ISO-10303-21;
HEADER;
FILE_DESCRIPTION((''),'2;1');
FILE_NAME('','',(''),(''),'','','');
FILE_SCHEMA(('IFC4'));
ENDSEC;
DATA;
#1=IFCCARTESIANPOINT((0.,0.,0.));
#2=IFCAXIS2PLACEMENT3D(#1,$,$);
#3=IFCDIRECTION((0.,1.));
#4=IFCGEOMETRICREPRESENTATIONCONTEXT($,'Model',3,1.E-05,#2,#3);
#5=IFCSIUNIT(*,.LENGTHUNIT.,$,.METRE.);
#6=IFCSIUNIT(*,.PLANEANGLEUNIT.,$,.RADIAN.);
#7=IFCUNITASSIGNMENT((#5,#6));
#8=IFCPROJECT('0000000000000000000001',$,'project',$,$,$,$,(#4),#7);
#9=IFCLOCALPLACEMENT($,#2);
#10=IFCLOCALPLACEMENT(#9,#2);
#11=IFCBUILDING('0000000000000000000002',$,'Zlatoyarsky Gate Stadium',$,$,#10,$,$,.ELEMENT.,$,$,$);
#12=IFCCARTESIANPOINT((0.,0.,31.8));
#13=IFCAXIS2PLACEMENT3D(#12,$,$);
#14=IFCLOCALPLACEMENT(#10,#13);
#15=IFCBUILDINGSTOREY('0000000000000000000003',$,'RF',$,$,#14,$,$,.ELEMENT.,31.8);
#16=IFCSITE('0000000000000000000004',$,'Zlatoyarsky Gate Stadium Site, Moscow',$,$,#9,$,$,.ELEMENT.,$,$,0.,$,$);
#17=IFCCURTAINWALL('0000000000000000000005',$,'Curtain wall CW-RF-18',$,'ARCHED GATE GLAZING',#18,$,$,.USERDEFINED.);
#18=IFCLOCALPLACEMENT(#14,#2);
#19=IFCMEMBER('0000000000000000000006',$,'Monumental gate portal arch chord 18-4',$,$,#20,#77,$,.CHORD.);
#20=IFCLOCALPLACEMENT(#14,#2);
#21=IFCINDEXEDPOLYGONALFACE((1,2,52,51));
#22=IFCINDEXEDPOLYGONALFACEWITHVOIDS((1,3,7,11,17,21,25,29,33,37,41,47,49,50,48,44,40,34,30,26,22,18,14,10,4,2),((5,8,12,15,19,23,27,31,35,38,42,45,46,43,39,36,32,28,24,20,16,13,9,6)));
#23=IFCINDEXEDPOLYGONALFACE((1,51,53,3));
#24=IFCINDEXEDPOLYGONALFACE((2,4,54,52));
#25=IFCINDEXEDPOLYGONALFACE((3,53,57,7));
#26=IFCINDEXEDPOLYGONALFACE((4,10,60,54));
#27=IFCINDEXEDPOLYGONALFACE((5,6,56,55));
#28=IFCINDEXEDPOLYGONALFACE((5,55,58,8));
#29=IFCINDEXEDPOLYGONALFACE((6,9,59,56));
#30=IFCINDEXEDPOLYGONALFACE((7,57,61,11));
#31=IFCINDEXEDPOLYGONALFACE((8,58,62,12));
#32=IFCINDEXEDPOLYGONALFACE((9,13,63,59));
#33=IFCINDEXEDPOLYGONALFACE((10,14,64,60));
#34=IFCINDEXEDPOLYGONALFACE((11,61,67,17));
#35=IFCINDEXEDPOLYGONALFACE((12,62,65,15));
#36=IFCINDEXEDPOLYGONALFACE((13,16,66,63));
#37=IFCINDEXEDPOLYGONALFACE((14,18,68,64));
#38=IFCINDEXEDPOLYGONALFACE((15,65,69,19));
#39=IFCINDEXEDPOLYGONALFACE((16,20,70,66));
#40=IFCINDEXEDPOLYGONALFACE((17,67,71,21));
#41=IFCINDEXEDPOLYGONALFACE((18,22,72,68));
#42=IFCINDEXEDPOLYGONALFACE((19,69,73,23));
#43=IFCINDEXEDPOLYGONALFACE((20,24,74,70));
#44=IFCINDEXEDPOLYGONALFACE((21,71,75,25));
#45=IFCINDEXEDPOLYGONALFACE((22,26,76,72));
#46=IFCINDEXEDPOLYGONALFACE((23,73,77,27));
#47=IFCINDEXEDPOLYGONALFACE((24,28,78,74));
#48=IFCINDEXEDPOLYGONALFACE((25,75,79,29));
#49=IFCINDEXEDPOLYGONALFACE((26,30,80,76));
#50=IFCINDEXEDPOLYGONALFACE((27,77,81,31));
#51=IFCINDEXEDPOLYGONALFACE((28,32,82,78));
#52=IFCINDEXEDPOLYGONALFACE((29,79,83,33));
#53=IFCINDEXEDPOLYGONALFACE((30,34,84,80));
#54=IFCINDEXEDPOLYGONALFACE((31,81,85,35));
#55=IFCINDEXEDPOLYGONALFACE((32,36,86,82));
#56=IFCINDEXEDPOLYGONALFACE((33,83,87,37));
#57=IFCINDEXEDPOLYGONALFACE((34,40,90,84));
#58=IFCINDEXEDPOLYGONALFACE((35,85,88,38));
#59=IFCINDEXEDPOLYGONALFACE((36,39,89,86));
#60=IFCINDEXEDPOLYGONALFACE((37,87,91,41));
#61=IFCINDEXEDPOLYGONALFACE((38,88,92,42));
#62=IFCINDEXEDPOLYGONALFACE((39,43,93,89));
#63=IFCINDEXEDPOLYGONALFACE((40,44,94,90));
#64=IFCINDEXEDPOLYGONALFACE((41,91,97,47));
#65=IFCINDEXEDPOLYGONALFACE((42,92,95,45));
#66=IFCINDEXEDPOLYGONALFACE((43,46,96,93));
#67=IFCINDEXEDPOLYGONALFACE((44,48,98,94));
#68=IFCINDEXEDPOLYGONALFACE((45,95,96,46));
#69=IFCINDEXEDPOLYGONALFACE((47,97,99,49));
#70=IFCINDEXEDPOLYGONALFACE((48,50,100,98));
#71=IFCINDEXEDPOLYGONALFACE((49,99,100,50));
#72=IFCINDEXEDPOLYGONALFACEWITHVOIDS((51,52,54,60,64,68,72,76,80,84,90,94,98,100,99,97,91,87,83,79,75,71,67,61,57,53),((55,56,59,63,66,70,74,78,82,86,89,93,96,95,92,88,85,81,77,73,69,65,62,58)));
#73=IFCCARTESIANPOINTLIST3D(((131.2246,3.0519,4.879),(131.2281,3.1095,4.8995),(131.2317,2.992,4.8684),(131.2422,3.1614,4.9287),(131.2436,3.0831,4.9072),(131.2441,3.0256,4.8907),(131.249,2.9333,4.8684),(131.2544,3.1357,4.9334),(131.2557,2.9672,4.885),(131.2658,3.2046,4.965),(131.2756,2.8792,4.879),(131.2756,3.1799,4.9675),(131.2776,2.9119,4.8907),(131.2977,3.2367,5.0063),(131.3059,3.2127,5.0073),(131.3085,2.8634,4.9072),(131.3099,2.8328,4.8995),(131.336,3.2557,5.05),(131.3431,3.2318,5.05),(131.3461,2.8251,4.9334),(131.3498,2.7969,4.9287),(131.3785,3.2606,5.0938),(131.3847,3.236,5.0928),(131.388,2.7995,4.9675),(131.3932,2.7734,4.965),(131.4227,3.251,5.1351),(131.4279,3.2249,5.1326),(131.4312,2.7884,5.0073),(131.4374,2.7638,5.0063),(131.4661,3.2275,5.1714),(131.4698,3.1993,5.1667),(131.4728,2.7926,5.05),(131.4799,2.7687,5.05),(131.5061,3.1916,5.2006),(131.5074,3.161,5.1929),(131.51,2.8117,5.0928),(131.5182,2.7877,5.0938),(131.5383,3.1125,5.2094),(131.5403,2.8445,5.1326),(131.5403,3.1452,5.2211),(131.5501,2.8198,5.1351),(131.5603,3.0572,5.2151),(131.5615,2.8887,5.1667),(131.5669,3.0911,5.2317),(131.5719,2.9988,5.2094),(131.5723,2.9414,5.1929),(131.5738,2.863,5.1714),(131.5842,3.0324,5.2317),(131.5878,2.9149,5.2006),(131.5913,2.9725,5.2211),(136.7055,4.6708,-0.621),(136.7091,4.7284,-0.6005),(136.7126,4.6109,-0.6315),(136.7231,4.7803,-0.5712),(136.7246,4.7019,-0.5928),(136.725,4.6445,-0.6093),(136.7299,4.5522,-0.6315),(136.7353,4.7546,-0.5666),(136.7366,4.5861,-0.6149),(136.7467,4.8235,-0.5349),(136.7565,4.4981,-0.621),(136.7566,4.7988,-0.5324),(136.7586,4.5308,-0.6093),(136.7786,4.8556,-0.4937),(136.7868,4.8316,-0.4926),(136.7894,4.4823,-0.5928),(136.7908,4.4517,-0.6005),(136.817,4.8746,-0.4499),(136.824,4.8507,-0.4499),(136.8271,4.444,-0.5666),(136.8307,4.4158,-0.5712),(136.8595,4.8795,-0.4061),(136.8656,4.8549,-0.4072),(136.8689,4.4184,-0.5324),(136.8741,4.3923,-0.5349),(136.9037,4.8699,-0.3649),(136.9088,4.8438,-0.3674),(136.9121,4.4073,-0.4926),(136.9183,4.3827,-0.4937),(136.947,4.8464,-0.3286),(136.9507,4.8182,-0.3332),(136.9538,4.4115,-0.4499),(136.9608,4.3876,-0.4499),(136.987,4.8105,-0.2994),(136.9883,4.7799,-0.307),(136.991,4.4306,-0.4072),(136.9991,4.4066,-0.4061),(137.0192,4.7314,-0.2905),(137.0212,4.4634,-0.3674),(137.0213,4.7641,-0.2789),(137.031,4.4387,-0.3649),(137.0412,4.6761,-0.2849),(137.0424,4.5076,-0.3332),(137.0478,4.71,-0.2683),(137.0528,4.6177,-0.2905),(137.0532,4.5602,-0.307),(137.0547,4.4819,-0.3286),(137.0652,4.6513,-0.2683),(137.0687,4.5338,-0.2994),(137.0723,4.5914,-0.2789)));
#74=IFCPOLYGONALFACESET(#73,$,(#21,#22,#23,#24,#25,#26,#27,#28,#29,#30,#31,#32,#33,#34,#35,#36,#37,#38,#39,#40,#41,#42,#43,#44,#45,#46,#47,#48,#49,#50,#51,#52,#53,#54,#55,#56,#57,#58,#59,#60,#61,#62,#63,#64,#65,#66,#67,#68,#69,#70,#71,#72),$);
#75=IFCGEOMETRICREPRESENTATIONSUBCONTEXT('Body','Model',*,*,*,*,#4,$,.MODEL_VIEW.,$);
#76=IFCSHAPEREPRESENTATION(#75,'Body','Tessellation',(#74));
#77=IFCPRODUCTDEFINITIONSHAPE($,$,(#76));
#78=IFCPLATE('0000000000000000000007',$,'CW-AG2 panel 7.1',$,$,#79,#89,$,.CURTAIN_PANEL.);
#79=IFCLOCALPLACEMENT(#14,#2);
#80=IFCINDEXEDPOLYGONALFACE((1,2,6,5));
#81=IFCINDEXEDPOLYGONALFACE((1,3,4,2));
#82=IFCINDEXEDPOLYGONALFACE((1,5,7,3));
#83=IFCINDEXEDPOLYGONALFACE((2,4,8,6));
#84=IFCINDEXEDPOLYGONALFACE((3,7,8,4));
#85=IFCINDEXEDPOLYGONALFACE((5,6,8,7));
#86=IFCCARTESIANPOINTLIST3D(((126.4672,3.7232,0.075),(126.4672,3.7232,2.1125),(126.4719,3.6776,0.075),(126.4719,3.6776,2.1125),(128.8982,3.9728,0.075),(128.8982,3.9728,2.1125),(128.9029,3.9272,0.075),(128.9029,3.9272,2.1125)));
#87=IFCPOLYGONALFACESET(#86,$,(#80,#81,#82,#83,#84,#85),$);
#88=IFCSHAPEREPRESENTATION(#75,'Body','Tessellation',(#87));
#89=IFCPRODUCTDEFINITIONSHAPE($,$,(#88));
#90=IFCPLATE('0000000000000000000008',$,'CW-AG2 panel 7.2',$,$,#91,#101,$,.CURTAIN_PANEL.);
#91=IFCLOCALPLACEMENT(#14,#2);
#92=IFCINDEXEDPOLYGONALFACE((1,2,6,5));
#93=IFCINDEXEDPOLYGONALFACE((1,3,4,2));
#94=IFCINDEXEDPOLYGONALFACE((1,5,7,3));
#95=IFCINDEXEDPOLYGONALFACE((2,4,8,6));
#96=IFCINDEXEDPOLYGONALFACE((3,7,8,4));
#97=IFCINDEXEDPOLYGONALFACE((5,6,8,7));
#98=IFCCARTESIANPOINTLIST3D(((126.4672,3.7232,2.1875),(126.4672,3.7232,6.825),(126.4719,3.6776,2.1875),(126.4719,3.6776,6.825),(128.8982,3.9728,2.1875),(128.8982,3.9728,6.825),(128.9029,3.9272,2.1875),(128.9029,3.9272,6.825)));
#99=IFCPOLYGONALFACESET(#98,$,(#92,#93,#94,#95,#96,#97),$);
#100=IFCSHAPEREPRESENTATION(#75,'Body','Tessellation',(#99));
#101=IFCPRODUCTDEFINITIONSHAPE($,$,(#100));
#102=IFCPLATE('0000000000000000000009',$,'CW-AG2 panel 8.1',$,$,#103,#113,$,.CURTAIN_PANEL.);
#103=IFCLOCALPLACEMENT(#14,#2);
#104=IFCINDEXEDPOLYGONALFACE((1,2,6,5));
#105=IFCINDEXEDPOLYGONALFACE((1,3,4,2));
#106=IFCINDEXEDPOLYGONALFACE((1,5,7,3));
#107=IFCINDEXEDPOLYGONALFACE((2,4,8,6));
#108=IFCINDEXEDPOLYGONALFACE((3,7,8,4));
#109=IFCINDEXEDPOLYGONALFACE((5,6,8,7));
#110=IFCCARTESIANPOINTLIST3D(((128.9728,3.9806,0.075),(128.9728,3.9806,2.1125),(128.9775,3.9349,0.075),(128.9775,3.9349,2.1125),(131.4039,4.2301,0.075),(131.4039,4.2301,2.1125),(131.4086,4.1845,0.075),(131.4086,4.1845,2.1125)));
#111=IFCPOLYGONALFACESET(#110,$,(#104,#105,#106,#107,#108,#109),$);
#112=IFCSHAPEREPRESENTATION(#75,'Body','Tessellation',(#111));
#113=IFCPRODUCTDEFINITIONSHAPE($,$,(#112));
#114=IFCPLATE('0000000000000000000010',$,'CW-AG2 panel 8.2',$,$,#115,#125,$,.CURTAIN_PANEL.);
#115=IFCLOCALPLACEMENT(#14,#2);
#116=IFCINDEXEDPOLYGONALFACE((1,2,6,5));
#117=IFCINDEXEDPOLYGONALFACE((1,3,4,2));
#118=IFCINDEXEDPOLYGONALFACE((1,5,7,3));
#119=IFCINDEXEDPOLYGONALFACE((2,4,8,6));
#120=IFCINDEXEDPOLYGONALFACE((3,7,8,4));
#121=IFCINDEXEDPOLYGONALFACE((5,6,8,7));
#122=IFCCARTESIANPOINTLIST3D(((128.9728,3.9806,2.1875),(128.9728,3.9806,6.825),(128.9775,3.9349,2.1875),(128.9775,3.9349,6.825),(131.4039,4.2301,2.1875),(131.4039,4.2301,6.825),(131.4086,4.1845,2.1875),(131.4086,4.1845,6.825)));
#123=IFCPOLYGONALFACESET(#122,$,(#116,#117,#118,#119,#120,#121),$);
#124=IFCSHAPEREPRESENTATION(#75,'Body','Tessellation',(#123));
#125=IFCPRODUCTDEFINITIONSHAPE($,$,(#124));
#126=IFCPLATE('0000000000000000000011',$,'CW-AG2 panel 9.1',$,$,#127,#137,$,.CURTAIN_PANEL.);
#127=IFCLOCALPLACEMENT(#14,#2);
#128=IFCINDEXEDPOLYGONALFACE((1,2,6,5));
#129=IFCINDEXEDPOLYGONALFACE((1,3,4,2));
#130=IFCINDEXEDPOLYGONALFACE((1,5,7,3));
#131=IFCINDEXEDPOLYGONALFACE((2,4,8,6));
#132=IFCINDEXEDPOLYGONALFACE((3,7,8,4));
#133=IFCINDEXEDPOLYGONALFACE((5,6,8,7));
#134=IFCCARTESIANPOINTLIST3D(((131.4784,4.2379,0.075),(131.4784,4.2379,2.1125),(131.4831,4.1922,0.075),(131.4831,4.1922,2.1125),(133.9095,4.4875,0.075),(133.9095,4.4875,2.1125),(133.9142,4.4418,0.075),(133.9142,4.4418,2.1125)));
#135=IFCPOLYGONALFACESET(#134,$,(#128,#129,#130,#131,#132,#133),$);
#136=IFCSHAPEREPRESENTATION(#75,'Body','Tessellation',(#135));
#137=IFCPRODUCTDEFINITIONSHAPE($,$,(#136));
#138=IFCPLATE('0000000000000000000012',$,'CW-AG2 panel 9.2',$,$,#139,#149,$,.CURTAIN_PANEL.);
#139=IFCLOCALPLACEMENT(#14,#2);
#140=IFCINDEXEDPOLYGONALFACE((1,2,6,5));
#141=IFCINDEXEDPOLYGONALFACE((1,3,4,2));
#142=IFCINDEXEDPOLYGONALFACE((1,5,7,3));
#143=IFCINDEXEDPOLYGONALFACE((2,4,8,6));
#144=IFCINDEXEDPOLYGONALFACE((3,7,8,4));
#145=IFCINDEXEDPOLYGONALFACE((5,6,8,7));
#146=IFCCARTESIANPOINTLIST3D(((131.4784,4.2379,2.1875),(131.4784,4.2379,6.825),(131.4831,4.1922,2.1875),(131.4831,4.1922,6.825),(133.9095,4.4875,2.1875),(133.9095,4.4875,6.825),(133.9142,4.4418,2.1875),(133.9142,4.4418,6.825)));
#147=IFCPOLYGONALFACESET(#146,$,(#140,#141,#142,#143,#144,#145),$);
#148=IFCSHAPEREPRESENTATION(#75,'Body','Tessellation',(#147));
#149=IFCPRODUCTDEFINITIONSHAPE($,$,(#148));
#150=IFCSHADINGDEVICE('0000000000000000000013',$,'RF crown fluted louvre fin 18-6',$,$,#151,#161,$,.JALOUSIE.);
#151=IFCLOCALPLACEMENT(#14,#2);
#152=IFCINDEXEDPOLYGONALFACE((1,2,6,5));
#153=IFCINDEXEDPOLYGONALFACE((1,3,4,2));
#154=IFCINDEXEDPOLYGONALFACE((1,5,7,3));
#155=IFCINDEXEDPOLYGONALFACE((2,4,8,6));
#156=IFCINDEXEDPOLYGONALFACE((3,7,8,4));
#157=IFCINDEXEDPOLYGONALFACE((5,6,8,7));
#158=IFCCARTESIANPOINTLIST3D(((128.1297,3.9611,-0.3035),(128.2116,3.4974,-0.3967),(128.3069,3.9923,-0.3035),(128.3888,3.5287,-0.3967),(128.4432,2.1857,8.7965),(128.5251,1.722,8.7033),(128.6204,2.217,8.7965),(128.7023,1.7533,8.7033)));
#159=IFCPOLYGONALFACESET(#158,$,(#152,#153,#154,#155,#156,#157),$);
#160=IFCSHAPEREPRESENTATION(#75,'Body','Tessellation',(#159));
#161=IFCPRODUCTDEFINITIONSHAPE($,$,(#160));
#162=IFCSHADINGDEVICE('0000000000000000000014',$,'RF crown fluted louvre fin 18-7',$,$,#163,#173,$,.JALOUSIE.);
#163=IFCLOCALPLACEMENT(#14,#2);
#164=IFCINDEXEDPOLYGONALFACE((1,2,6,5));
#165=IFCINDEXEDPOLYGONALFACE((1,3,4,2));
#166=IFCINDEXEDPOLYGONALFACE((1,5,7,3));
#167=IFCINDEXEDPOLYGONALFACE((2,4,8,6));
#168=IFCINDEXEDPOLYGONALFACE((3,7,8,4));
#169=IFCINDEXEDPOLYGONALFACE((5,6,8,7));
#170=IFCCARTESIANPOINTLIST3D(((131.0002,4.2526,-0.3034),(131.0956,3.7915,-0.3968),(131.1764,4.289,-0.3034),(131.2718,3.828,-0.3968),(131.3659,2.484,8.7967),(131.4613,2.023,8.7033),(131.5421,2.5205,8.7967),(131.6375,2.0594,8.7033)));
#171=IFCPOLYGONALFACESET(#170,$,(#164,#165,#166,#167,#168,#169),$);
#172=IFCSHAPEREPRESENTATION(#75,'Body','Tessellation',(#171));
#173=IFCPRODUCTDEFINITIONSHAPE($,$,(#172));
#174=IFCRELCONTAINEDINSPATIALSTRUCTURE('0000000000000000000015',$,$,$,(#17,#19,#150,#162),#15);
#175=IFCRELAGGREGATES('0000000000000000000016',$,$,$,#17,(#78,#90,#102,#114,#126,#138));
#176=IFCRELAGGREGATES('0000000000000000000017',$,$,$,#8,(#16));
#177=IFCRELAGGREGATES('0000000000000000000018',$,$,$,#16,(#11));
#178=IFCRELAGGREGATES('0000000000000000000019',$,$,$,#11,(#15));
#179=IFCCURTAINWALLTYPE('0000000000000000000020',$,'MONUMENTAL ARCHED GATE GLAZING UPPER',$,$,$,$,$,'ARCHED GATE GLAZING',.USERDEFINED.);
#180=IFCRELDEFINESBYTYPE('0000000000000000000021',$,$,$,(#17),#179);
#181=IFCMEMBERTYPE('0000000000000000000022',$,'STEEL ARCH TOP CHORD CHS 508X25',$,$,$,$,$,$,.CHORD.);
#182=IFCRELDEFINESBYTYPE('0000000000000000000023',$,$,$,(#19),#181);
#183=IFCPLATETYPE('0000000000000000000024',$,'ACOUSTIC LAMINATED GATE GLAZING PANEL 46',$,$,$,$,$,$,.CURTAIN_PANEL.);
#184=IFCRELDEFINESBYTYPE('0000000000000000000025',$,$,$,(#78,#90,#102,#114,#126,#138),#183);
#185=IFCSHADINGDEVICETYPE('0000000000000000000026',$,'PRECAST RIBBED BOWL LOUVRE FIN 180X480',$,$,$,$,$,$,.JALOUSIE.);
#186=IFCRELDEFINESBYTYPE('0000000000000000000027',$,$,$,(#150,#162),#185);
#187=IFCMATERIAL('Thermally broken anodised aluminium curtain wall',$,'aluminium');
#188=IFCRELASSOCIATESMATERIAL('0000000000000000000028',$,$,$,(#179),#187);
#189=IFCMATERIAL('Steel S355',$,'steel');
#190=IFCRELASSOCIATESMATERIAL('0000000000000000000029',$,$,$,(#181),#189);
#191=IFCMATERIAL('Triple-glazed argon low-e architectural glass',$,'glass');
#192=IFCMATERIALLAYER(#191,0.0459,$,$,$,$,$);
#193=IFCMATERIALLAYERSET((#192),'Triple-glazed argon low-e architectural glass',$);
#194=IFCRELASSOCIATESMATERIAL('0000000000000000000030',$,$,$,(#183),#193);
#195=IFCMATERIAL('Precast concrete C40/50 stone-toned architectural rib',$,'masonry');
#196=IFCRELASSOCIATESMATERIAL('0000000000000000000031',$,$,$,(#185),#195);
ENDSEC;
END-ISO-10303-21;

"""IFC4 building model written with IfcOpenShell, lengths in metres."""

from ifc_helpers import new_model, si_unit, direction, frame, origin, origin_2d, place, context, subcontext, project, spatial, rectangle, hollow_circle, extrude, material, layer, layer_set, material_profile, profile_set, type_object, element, aggregate, save


model = new_model("IFC4")

# Units and contexts
model_context = context("Model", 3, precision=1e-05, world=origin(), true_north=direction((0.0, 1.0)))
body_context = subcontext(model_context, "Body", "Model", "MODEL_VIEW")
ifc_project = project(units=[si_unit("LENGTHUNIT", "METRE"), si_unit("PLANEANGLEUNIT", "RADIAN")], contexts=[model_context])

# Site, building, storey
site_placement = place(None, origin())
site = spatial("IfcSite", under=ifc_project, at=site_placement, Name="Zlatoyarsky Gate Stadium Site, Moscow", CompositionType="ELEMENT", RefElevation=0.0)
building_placement = place(site_placement, origin())
building = spatial("IfcBuilding", under=site, at=building_placement, Name="Zlatoyarsky Gate Stadium", CompositionType="ELEMENT")
storey_placement = place(building_placement, frame((0.0, 0.0, 31.8)))
storey = spatial("IfcBuildingStorey", under=building, at=storey_placement, Name="RF", CompositionType="ELEMENT", Elevation=31.8)

# Curtain wall
ifc_material_1 = material(Name="Thermally broken anodised aluminium curtain wall", Category="aluminium")
curtain_wall_type = type_object("IfcCurtainWallType", Name="MONUMENTAL ARCHED GATE GLAZING UPPER", ElementType="ARCHED GATE GLAZING", PredefinedType="USERDEFINED", material=ifc_material_1)
curtain_wall_placement = place(storey_placement, origin())
curtain_wall = element("IfcCurtainWall", 1, at=curtain_wall_placement, inside=storey, type_object=curtain_wall_type, Name="Curtain wall CW-RF-18", ObjectType="ARCHED GATE GLAZING", PredefinedType="USERDEFINED")

# Member
ifc_material_2 = material(Name="Steel S355", Category="steel")
ifc_material_profile_1 = material_profile(ifc_material_2, hollow_circle(Radius=0.2539, WallThickness=0.0249, at=origin_2d()), Name="CHS 508X25")
ifc_profile_set_1 = profile_set([ifc_material_profile_1], Name="Steel S355")
member_type_1 = type_object("IfcMemberType", Name="STEEL ARCH TOP CHORD CHS 508X25", PredefinedType="CHORD", material=ifc_profile_set_1)
member_1_placement = place(storey_placement, frame((131.408, 3.0122, 5.05), z_axis=(0.69102, 0.204105, -0.693421), x_axis=(-0.283269, 0.95904, 0.0)))
element("IfcMember", 2, at=member_1_placement, inside=storey, type_object=member_type_1, Name="Monumental gate portal arch chord 18-4", PredefinedType="CHORD", context=body_context, shape_type="SweptSolid", body=[
    extrude(hollow_circle(Radius=0.2539, WallThickness=0.0249, at=origin_2d()), origin(), (0.0, 0.0, 1.0), 7.9316),
])

# Plates
ifc_material_3 = material(Name="Triple-glazed argon low-e architectural glass", Category="glass")
ifc_layer = layer(ifc_material_3, 0.0459)
ifc_layer_set = layer_set([ifc_layer], Name="Triple-glazed argon low-e architectural glass")
plate_type = type_object("IfcPlateType", Name="ACOUSTIC LAMINATED GATE GLAZING PANEL 46", PredefinedType="CURTAIN_PANEL", material=ifc_layer_set)
plate_1_placement = place(storey_placement, frame((127.6851, 3.8252, 0.075), z_axis=(0.0, 0.0, 1.0), x_axis=(0.994772, 0.102125, 0.0)))
plate_1 = element("IfcPlate", 3, at=plate_1_placement, type_object=plate_type, Name="CW-AG2 panel 7.1", PredefinedType="CURTAIN_PANEL", context=body_context, shape_type="SweptSolid", body=[
    extrude(rectangle(XDim=2.4438, YDim=0.0459, at=origin_2d()), origin(), (0.0, 0.0, 1.0), 2.0376),
])
plate_2_placement = place(storey_placement, frame((127.6851, 3.8252, 2.1875), z_axis=(0.0, 0.0, 1.0), x_axis=(0.994772, 0.102125, 0.0)))
plate_2 = element("IfcPlate", 4, at=plate_2_placement, type_object=plate_type, Name="CW-AG2 panel 7.2", PredefinedType="CURTAIN_PANEL", context=body_context, shape_type="SweptSolid", body=[
    extrude(rectangle(XDim=2.4438, YDim=0.0459, at=origin_2d()), origin(), (0.0, 0.0, 1.0), 4.6375),
])
plate_3_placement = place(storey_placement, frame((130.1907, 4.0825, 0.075), z_axis=(0.0, 0.0, 1.0), x_axis=(0.994772, 0.102125, 0.0)))
plate_3 = element("IfcPlate", 5, at=plate_3_placement, type_object=plate_type, Name="CW-AG2 panel 8.1", PredefinedType="CURTAIN_PANEL", context=body_context, shape_type="SweptSolid", body=[
    extrude(rectangle(XDim=2.4438, YDim=0.0459, at=origin_2d()), origin(), (0.0, 0.0, 1.0), 2.0376),
])
plate_4_placement = place(storey_placement, frame((130.1907, 4.0825, 2.1875), z_axis=(0.0, 0.0, 1.0), x_axis=(0.994772, 0.102125, 0.0)))
plate_4 = element("IfcPlate", 6, at=plate_4_placement, type_object=plate_type, Name="CW-AG2 panel 8.2", PredefinedType="CURTAIN_PANEL", context=body_context, shape_type="SweptSolid", body=[
    extrude(rectangle(XDim=2.4438, YDim=0.0459, at=origin_2d()), origin(), (0.0, 0.0, 1.0), 4.6375),
])
plate_5_placement = place(storey_placement, frame((132.6963, 4.3398, 0.075), z_axis=(0.0, 0.0, 1.0), x_axis=(0.994772, 0.102125, 0.0)))
plate_5 = element("IfcPlate", 7, at=plate_5_placement, type_object=plate_type, Name="CW-AG2 panel 9.1", PredefinedType="CURTAIN_PANEL", context=body_context, shape_type="SweptSolid", body=[
    extrude(rectangle(XDim=2.4438, YDim=0.0459, at=origin_2d()), origin(), (0.0, 0.0, 1.0), 2.0376),
])
plate_6_placement = place(storey_placement, frame((132.6963, 4.3398, 2.1875), z_axis=(0.0, 0.0, 1.0), x_axis=(0.994772, 0.102125, 0.0)))
plate_6 = element("IfcPlate", 8, at=plate_6_placement, type_object=plate_type, Name="CW-AG2 panel 9.2", PredefinedType="CURTAIN_PANEL", context=body_context, shape_type="SweptSolid", body=[
    extrude(rectangle(XDim=2.4438, YDim=0.0459, at=origin_2d()), origin(), (0.0, 0.0, 1.0), 4.6375),
])
aggregate(curtain_wall, [plate_1, plate_2, plate_3, plate_4, plate_5, plate_6])

# Shading devices
ifc_material_4 = material(Name="Precast concrete C40/50 stone-toned architectural rib", Category="masonry")
ifc_material_profile_2 = material_profile(ifc_material_4, rectangle(XDim=0.1799, YDim=0.48, at=origin_2d()), Name="RIB 180X480")
ifc_profile_set_2 = profile_set([ifc_material_profile_2], Name="Precast concrete C40/50 stone-toned architectural rib")
shading_device_type = type_object("IfcShadingDeviceType", Name="PRECAST RIBBED BOWL LOUVRE FIN 180X480", PredefinedType="JALOUSIE", material=ifc_profile_set_2)
shading_device_1_placement = place(storey_placement, frame((128.2593, 3.7449, -0.3501), z_axis=(0.033791, -0.191376, 0.980935), x_axis=(0.984767, 0.173878, 0.0)))
element("IfcShadingDevice", 9, at=shading_device_1_placement, inside=storey, type_object=shading_device_type, Name="RF crown fluted louvre fin 18-6", PredefinedType="JALOUSIE", context=body_context, shape_type="SweptSolid", body=[
    extrude(rectangle(XDim=0.1799, YDim=0.48, at=origin_2d()), origin(), (0.0, 0.0, 1.0), 9.2769),
])
shading_device_2_placement = place(storey_placement, frame((131.136, 4.0403, -0.3501), z_axis=(0.03942, -0.190627, 0.980871), x_axis=(0.979281, 0.202507, 0.0)))
element("IfcShadingDevice", 10, at=shading_device_2_placement, inside=storey, type_object=shading_device_type, Name="RF crown fluted louvre fin 18-7", PredefinedType="JALOUSIE", context=body_context, shape_type="SweptSolid", body=[
    extrude(rectangle(XDim=0.1799, YDim=0.48, at=origin_2d()), origin(), (0.0, 0.0, 1.0), 9.2776),
])

save(model, "model.ifc")
